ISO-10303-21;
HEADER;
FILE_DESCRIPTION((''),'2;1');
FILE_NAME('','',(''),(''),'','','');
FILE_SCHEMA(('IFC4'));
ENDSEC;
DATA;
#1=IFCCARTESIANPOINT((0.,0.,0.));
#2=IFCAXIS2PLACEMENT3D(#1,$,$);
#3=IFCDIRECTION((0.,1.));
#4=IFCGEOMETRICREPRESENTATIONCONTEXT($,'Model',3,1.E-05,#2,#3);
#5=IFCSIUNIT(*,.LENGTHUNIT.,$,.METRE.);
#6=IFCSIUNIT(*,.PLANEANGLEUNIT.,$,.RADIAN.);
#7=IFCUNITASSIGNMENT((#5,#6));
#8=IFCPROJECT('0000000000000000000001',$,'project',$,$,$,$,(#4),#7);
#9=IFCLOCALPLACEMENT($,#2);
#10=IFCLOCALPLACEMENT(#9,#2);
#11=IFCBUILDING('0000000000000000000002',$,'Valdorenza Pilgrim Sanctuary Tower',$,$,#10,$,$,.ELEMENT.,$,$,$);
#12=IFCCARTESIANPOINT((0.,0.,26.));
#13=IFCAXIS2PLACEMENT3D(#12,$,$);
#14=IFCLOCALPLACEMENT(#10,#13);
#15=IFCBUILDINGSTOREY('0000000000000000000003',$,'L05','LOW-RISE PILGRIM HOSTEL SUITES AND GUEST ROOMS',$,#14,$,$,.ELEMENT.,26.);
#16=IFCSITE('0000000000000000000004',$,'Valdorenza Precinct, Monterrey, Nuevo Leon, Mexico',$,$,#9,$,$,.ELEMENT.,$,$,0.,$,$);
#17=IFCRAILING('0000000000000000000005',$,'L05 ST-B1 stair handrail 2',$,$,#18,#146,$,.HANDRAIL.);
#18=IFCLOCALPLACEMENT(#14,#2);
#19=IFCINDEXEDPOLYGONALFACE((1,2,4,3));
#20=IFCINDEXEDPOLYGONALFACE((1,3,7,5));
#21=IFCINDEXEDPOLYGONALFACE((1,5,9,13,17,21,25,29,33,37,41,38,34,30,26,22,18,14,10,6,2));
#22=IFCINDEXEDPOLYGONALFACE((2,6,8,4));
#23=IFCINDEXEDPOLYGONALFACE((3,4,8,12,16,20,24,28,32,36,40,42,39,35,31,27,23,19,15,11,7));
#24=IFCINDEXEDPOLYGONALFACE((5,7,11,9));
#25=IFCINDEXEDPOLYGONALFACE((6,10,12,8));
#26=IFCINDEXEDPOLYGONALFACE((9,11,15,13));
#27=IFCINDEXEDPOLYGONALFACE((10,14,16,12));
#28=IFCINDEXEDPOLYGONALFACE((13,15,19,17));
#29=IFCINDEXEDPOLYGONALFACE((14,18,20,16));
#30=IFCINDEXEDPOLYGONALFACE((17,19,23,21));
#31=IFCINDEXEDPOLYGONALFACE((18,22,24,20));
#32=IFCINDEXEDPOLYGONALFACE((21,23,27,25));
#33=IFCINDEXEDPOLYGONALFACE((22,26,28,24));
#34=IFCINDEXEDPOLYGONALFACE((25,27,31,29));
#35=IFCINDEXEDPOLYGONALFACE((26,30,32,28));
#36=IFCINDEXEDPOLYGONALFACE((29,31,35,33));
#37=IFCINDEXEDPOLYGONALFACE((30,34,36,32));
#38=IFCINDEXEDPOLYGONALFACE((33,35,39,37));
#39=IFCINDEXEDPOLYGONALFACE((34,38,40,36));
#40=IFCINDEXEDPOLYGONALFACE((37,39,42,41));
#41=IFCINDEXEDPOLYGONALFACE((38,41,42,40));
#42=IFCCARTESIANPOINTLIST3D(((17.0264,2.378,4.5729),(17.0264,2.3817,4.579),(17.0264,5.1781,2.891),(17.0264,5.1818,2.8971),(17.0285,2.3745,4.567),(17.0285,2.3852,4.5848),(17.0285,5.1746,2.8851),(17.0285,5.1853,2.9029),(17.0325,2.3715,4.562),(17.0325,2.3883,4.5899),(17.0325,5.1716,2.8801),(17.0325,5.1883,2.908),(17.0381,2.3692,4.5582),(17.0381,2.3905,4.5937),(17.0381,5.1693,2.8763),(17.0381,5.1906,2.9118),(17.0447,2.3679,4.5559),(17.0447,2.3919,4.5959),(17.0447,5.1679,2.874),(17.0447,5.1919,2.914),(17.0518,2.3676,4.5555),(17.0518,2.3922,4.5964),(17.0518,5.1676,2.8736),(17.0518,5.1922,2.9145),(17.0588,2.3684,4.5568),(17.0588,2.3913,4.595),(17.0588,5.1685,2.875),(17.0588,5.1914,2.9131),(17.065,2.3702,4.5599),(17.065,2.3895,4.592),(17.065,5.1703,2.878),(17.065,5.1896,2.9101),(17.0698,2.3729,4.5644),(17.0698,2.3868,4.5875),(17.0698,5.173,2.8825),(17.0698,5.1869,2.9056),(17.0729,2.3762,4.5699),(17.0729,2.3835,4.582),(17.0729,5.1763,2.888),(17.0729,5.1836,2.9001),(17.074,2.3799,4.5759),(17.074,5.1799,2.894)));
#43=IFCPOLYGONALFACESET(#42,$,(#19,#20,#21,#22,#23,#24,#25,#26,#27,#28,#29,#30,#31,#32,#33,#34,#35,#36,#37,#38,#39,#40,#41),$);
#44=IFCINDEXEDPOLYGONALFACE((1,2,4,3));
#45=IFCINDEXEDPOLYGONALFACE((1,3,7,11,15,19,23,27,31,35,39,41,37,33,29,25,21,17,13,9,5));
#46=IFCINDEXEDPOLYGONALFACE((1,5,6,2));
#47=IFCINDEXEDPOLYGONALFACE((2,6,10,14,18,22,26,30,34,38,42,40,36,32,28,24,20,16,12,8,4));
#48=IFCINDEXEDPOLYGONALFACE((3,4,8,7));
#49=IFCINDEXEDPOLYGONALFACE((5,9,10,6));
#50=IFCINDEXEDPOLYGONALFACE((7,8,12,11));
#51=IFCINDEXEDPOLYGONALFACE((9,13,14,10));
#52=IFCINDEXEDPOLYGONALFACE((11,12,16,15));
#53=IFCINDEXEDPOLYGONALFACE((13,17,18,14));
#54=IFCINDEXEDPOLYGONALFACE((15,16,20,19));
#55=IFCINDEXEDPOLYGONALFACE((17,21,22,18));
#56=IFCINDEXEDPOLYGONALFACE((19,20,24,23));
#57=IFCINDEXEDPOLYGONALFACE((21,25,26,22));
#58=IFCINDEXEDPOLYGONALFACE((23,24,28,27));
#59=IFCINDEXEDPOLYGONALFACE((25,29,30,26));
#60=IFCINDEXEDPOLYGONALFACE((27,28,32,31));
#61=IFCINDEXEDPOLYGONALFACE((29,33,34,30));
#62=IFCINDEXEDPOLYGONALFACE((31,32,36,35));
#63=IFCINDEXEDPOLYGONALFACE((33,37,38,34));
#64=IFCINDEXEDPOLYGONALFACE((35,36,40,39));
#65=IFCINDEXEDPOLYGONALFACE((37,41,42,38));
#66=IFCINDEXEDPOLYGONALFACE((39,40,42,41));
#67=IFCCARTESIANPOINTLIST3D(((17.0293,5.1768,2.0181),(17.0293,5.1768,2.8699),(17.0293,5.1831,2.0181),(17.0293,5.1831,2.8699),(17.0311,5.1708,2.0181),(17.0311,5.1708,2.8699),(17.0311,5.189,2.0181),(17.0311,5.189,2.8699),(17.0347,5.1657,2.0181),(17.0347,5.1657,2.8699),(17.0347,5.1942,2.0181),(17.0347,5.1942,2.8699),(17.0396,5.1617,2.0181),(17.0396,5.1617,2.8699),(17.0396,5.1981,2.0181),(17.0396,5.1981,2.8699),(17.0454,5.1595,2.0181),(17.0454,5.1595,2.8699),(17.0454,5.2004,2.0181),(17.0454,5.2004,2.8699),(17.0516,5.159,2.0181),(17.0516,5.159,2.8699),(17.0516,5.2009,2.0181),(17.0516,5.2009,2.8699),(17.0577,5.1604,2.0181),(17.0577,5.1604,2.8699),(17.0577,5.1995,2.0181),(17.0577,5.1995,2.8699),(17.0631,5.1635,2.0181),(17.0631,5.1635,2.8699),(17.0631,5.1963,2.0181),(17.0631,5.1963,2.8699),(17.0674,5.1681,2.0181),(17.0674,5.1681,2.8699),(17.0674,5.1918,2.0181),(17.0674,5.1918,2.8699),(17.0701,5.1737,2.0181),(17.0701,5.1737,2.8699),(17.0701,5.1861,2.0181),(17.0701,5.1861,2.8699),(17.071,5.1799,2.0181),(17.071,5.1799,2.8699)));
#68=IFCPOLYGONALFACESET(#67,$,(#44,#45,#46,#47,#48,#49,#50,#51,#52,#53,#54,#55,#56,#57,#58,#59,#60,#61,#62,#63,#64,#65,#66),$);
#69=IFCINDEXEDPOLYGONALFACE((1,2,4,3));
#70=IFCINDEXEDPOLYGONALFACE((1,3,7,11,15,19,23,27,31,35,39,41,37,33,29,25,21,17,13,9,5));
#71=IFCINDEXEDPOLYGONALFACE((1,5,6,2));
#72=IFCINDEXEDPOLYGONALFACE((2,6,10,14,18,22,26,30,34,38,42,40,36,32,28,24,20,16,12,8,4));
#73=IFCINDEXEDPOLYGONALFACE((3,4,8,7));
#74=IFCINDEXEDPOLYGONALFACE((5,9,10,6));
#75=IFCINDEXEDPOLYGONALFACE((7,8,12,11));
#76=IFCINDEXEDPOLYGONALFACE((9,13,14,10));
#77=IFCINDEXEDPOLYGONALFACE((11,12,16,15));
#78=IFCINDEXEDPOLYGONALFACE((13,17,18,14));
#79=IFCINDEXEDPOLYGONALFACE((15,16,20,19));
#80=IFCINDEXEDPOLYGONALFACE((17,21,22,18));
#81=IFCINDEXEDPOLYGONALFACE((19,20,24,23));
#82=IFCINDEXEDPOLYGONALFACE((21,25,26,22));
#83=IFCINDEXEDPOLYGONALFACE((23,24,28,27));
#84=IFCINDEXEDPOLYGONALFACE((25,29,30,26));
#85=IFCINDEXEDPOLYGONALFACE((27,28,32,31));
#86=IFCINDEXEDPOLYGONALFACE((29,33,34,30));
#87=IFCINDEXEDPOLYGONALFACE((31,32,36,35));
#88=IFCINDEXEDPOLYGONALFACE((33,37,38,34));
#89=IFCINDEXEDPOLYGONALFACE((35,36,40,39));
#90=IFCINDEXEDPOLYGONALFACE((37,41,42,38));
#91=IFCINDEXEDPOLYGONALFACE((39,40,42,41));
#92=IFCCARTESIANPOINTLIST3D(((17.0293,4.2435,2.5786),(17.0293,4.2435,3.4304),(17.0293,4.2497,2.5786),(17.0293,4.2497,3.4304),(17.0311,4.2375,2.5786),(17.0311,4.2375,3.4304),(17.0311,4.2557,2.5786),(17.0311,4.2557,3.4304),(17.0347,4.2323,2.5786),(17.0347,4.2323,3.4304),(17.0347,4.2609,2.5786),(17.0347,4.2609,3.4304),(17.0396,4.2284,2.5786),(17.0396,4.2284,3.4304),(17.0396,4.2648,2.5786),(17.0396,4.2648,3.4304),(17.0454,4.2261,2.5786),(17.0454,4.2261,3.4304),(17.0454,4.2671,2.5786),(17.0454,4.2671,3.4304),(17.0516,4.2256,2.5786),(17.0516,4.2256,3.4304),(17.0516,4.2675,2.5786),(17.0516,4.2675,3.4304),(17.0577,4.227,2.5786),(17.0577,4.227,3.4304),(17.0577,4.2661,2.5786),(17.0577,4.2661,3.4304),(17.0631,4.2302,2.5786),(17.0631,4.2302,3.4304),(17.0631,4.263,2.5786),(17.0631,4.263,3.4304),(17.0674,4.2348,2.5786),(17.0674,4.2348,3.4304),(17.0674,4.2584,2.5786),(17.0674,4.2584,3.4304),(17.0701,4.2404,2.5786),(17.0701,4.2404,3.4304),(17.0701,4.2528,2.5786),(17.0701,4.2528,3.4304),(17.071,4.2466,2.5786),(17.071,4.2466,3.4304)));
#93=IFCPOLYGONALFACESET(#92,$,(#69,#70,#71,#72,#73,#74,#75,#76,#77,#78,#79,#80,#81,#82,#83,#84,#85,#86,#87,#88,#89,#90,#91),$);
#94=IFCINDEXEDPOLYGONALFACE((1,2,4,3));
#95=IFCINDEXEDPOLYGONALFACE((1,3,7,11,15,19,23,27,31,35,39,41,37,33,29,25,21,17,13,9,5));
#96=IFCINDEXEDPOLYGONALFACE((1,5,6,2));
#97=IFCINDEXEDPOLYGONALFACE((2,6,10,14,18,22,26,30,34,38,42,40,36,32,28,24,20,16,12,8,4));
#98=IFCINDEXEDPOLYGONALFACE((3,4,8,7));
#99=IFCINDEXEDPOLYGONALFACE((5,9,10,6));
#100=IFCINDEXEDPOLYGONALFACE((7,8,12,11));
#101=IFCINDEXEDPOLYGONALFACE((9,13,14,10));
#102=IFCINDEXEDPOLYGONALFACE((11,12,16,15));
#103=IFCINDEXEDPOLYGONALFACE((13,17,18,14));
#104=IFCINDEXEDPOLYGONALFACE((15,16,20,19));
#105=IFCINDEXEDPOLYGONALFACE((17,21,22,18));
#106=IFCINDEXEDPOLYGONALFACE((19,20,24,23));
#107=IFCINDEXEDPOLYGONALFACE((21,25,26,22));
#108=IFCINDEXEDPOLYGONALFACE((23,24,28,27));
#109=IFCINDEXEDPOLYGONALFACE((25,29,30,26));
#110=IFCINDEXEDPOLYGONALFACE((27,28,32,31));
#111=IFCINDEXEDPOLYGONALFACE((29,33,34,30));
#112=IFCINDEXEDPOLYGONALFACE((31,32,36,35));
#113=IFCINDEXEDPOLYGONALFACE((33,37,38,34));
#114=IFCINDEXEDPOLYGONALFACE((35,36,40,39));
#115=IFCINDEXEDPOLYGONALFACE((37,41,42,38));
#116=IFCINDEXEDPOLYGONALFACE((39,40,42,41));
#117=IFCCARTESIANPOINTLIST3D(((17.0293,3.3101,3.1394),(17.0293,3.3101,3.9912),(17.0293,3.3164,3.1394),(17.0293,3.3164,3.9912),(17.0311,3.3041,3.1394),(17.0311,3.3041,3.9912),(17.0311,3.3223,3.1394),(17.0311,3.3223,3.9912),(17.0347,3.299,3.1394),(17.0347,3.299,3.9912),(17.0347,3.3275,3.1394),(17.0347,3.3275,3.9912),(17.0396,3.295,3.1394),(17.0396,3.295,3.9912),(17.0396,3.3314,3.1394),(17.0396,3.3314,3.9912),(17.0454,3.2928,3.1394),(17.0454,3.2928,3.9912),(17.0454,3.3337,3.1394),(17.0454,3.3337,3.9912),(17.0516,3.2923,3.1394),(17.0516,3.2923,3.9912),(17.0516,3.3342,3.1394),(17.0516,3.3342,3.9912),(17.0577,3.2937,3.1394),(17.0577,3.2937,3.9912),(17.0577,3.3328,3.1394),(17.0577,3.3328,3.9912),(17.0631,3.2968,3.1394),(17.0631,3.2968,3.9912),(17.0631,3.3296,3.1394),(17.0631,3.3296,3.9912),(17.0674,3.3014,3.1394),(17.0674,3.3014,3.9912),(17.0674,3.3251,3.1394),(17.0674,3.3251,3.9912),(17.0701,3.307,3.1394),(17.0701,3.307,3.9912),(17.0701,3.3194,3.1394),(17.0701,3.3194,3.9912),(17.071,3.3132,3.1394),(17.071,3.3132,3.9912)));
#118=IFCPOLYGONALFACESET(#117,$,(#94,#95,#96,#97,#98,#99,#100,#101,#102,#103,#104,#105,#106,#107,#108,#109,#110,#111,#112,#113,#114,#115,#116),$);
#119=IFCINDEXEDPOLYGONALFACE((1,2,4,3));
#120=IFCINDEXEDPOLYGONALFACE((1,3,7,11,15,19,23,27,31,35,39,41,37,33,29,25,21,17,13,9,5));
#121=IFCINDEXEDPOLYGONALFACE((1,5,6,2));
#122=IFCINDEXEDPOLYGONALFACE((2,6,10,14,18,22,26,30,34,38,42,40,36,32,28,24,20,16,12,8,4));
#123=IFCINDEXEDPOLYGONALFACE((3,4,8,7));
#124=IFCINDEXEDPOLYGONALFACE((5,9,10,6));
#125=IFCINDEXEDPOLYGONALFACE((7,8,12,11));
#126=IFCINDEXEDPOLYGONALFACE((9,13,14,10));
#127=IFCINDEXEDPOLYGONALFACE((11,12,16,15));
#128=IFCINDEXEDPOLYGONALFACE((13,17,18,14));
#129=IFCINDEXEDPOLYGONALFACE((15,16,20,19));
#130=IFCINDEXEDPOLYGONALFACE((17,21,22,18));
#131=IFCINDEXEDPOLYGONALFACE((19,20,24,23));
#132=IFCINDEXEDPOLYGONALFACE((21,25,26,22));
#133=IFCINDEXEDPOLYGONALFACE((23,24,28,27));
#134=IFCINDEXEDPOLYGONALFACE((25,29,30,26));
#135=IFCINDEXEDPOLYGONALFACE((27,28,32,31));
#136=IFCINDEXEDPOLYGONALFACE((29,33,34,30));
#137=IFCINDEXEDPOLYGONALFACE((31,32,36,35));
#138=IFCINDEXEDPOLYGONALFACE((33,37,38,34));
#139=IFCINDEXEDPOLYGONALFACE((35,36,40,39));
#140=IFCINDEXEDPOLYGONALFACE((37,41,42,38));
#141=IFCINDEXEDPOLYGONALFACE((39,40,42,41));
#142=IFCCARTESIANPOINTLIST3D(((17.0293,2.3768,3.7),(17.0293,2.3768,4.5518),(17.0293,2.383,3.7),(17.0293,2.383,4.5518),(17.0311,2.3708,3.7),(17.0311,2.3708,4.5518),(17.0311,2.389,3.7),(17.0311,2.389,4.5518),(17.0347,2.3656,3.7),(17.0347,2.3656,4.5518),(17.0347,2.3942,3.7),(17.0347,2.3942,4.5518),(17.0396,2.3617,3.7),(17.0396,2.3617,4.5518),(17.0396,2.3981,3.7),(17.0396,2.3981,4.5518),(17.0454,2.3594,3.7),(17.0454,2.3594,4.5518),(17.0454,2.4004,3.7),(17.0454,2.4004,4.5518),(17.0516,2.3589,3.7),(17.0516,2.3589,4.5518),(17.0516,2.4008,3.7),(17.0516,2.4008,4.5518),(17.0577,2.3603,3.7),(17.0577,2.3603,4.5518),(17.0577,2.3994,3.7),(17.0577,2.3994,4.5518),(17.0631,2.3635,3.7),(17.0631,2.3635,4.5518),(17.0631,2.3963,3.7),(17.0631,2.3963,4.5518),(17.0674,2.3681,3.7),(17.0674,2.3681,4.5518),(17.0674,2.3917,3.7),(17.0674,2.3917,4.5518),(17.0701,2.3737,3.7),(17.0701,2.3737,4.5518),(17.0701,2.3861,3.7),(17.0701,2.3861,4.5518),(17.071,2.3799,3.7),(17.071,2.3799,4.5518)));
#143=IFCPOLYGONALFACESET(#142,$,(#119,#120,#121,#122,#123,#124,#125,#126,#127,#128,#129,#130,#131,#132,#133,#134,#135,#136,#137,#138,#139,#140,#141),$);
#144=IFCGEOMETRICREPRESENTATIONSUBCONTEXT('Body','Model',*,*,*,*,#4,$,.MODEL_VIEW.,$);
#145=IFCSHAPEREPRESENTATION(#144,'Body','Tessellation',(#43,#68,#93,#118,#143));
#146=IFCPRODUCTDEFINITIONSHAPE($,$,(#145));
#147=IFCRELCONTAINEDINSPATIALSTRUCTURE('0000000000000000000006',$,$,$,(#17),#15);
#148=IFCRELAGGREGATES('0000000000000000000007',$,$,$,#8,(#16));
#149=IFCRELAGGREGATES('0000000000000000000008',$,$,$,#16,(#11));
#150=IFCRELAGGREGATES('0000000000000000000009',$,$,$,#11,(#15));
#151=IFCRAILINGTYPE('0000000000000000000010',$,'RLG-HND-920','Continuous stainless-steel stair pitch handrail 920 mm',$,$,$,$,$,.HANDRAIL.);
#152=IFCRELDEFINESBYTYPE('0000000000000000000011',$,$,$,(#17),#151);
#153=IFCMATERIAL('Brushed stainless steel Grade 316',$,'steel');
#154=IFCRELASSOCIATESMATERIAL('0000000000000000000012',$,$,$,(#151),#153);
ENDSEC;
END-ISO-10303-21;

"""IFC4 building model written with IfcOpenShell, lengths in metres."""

from ifc_helpers import new_model, si_unit, direction, frame, origin, origin_2d, place, context, subcontext, project, spatial, circle, extrude, material, type_object, element, save


model = new_model("IFC4")

# Units and contexts
model_context = context("Model", 3, precision=1e-05, world=origin(), true_north=direction((0.0, 1.0)))
body_context = subcontext(model_context, "Body", "Model", "MODEL_VIEW")
ifc_project = project(units=[si_unit("LENGTHUNIT", "METRE"), si_unit("PLANEANGLEUNIT", "RADIAN")], contexts=[model_context])

# Site, building, storey
site_placement = place(None, origin())
site = spatial("IfcSite", under=ifc_project, at=site_placement, Name="Valdorenza Precinct, Monterrey, Nuevo Leon, Mexico", CompositionType="ELEMENT", RefElevation=0.0)
building_placement = place(site_placement, origin())
building = spatial("IfcBuilding", under=site, at=building_placement, Name="Valdorenza Pilgrim Sanctuary Tower", CompositionType="ELEMENT")
storey_placement = place(building_placement, frame((0.0, 0.0, 26.0)))
storey = spatial("IfcBuildingStorey", under=building, at=storey_placement, Name="L05", Description="LOW-RISE PILGRIM HOSTEL SUITES AND GUEST ROOMS", CompositionType="ELEMENT", Elevation=26.0)

# Railing
ifc_material_1 = material(Name="Brushed stainless steel Grade 316", Category="steel")
railing_type_1 = type_object("IfcRailingType", Name="RLG-HND-920", Description="Continuous stainless-steel stair pitch handrail 920 mm", PredefinedType="HANDRAIL", material=ifc_material_1)
railing_1_placement = place(storey_placement, frame((17.05, 5.1799, 2.0181)))
element("IfcRailing", 1, at=railing_1_placement, inside=storey, type_object=railing_type_1, Name="L05 ST-B1 stair handrail 2", PredefinedType="HANDRAIL", context=body_context, shape_type="SweptSolid", body=[
    extrude(circle(Radius=0.0239, at=origin_2d()), frame((0.0, 0.0, 0.876), z_axis=(0.0, -0.857242, 0.514913), x_axis=(1.0, 0.0, 0.0)), (0.0, 0.0, 1.0), 3.2664),
    extrude(circle(Radius=0.021, at=origin_2d()), origin(), (0.0, 0.0, 1.0), 0.8518),
    extrude(circle(Radius=0.021, at=origin_2d()), frame((0.0, -0.9333, 0.5605)), (0.0, 0.0, 1.0), 0.8518),
    extrude(circle(Radius=0.021, at=origin_2d()), frame((0.0, -1.8667, 1.1213)), (0.0, 0.0, 1.0), 0.8518),
    extrude(circle(Radius=0.021, at=origin_2d()), frame((0.0, -2.8, 1.6819)), (0.0, 0.0, 1.0), 0.8518),
])

save(model, "model.ifc")
